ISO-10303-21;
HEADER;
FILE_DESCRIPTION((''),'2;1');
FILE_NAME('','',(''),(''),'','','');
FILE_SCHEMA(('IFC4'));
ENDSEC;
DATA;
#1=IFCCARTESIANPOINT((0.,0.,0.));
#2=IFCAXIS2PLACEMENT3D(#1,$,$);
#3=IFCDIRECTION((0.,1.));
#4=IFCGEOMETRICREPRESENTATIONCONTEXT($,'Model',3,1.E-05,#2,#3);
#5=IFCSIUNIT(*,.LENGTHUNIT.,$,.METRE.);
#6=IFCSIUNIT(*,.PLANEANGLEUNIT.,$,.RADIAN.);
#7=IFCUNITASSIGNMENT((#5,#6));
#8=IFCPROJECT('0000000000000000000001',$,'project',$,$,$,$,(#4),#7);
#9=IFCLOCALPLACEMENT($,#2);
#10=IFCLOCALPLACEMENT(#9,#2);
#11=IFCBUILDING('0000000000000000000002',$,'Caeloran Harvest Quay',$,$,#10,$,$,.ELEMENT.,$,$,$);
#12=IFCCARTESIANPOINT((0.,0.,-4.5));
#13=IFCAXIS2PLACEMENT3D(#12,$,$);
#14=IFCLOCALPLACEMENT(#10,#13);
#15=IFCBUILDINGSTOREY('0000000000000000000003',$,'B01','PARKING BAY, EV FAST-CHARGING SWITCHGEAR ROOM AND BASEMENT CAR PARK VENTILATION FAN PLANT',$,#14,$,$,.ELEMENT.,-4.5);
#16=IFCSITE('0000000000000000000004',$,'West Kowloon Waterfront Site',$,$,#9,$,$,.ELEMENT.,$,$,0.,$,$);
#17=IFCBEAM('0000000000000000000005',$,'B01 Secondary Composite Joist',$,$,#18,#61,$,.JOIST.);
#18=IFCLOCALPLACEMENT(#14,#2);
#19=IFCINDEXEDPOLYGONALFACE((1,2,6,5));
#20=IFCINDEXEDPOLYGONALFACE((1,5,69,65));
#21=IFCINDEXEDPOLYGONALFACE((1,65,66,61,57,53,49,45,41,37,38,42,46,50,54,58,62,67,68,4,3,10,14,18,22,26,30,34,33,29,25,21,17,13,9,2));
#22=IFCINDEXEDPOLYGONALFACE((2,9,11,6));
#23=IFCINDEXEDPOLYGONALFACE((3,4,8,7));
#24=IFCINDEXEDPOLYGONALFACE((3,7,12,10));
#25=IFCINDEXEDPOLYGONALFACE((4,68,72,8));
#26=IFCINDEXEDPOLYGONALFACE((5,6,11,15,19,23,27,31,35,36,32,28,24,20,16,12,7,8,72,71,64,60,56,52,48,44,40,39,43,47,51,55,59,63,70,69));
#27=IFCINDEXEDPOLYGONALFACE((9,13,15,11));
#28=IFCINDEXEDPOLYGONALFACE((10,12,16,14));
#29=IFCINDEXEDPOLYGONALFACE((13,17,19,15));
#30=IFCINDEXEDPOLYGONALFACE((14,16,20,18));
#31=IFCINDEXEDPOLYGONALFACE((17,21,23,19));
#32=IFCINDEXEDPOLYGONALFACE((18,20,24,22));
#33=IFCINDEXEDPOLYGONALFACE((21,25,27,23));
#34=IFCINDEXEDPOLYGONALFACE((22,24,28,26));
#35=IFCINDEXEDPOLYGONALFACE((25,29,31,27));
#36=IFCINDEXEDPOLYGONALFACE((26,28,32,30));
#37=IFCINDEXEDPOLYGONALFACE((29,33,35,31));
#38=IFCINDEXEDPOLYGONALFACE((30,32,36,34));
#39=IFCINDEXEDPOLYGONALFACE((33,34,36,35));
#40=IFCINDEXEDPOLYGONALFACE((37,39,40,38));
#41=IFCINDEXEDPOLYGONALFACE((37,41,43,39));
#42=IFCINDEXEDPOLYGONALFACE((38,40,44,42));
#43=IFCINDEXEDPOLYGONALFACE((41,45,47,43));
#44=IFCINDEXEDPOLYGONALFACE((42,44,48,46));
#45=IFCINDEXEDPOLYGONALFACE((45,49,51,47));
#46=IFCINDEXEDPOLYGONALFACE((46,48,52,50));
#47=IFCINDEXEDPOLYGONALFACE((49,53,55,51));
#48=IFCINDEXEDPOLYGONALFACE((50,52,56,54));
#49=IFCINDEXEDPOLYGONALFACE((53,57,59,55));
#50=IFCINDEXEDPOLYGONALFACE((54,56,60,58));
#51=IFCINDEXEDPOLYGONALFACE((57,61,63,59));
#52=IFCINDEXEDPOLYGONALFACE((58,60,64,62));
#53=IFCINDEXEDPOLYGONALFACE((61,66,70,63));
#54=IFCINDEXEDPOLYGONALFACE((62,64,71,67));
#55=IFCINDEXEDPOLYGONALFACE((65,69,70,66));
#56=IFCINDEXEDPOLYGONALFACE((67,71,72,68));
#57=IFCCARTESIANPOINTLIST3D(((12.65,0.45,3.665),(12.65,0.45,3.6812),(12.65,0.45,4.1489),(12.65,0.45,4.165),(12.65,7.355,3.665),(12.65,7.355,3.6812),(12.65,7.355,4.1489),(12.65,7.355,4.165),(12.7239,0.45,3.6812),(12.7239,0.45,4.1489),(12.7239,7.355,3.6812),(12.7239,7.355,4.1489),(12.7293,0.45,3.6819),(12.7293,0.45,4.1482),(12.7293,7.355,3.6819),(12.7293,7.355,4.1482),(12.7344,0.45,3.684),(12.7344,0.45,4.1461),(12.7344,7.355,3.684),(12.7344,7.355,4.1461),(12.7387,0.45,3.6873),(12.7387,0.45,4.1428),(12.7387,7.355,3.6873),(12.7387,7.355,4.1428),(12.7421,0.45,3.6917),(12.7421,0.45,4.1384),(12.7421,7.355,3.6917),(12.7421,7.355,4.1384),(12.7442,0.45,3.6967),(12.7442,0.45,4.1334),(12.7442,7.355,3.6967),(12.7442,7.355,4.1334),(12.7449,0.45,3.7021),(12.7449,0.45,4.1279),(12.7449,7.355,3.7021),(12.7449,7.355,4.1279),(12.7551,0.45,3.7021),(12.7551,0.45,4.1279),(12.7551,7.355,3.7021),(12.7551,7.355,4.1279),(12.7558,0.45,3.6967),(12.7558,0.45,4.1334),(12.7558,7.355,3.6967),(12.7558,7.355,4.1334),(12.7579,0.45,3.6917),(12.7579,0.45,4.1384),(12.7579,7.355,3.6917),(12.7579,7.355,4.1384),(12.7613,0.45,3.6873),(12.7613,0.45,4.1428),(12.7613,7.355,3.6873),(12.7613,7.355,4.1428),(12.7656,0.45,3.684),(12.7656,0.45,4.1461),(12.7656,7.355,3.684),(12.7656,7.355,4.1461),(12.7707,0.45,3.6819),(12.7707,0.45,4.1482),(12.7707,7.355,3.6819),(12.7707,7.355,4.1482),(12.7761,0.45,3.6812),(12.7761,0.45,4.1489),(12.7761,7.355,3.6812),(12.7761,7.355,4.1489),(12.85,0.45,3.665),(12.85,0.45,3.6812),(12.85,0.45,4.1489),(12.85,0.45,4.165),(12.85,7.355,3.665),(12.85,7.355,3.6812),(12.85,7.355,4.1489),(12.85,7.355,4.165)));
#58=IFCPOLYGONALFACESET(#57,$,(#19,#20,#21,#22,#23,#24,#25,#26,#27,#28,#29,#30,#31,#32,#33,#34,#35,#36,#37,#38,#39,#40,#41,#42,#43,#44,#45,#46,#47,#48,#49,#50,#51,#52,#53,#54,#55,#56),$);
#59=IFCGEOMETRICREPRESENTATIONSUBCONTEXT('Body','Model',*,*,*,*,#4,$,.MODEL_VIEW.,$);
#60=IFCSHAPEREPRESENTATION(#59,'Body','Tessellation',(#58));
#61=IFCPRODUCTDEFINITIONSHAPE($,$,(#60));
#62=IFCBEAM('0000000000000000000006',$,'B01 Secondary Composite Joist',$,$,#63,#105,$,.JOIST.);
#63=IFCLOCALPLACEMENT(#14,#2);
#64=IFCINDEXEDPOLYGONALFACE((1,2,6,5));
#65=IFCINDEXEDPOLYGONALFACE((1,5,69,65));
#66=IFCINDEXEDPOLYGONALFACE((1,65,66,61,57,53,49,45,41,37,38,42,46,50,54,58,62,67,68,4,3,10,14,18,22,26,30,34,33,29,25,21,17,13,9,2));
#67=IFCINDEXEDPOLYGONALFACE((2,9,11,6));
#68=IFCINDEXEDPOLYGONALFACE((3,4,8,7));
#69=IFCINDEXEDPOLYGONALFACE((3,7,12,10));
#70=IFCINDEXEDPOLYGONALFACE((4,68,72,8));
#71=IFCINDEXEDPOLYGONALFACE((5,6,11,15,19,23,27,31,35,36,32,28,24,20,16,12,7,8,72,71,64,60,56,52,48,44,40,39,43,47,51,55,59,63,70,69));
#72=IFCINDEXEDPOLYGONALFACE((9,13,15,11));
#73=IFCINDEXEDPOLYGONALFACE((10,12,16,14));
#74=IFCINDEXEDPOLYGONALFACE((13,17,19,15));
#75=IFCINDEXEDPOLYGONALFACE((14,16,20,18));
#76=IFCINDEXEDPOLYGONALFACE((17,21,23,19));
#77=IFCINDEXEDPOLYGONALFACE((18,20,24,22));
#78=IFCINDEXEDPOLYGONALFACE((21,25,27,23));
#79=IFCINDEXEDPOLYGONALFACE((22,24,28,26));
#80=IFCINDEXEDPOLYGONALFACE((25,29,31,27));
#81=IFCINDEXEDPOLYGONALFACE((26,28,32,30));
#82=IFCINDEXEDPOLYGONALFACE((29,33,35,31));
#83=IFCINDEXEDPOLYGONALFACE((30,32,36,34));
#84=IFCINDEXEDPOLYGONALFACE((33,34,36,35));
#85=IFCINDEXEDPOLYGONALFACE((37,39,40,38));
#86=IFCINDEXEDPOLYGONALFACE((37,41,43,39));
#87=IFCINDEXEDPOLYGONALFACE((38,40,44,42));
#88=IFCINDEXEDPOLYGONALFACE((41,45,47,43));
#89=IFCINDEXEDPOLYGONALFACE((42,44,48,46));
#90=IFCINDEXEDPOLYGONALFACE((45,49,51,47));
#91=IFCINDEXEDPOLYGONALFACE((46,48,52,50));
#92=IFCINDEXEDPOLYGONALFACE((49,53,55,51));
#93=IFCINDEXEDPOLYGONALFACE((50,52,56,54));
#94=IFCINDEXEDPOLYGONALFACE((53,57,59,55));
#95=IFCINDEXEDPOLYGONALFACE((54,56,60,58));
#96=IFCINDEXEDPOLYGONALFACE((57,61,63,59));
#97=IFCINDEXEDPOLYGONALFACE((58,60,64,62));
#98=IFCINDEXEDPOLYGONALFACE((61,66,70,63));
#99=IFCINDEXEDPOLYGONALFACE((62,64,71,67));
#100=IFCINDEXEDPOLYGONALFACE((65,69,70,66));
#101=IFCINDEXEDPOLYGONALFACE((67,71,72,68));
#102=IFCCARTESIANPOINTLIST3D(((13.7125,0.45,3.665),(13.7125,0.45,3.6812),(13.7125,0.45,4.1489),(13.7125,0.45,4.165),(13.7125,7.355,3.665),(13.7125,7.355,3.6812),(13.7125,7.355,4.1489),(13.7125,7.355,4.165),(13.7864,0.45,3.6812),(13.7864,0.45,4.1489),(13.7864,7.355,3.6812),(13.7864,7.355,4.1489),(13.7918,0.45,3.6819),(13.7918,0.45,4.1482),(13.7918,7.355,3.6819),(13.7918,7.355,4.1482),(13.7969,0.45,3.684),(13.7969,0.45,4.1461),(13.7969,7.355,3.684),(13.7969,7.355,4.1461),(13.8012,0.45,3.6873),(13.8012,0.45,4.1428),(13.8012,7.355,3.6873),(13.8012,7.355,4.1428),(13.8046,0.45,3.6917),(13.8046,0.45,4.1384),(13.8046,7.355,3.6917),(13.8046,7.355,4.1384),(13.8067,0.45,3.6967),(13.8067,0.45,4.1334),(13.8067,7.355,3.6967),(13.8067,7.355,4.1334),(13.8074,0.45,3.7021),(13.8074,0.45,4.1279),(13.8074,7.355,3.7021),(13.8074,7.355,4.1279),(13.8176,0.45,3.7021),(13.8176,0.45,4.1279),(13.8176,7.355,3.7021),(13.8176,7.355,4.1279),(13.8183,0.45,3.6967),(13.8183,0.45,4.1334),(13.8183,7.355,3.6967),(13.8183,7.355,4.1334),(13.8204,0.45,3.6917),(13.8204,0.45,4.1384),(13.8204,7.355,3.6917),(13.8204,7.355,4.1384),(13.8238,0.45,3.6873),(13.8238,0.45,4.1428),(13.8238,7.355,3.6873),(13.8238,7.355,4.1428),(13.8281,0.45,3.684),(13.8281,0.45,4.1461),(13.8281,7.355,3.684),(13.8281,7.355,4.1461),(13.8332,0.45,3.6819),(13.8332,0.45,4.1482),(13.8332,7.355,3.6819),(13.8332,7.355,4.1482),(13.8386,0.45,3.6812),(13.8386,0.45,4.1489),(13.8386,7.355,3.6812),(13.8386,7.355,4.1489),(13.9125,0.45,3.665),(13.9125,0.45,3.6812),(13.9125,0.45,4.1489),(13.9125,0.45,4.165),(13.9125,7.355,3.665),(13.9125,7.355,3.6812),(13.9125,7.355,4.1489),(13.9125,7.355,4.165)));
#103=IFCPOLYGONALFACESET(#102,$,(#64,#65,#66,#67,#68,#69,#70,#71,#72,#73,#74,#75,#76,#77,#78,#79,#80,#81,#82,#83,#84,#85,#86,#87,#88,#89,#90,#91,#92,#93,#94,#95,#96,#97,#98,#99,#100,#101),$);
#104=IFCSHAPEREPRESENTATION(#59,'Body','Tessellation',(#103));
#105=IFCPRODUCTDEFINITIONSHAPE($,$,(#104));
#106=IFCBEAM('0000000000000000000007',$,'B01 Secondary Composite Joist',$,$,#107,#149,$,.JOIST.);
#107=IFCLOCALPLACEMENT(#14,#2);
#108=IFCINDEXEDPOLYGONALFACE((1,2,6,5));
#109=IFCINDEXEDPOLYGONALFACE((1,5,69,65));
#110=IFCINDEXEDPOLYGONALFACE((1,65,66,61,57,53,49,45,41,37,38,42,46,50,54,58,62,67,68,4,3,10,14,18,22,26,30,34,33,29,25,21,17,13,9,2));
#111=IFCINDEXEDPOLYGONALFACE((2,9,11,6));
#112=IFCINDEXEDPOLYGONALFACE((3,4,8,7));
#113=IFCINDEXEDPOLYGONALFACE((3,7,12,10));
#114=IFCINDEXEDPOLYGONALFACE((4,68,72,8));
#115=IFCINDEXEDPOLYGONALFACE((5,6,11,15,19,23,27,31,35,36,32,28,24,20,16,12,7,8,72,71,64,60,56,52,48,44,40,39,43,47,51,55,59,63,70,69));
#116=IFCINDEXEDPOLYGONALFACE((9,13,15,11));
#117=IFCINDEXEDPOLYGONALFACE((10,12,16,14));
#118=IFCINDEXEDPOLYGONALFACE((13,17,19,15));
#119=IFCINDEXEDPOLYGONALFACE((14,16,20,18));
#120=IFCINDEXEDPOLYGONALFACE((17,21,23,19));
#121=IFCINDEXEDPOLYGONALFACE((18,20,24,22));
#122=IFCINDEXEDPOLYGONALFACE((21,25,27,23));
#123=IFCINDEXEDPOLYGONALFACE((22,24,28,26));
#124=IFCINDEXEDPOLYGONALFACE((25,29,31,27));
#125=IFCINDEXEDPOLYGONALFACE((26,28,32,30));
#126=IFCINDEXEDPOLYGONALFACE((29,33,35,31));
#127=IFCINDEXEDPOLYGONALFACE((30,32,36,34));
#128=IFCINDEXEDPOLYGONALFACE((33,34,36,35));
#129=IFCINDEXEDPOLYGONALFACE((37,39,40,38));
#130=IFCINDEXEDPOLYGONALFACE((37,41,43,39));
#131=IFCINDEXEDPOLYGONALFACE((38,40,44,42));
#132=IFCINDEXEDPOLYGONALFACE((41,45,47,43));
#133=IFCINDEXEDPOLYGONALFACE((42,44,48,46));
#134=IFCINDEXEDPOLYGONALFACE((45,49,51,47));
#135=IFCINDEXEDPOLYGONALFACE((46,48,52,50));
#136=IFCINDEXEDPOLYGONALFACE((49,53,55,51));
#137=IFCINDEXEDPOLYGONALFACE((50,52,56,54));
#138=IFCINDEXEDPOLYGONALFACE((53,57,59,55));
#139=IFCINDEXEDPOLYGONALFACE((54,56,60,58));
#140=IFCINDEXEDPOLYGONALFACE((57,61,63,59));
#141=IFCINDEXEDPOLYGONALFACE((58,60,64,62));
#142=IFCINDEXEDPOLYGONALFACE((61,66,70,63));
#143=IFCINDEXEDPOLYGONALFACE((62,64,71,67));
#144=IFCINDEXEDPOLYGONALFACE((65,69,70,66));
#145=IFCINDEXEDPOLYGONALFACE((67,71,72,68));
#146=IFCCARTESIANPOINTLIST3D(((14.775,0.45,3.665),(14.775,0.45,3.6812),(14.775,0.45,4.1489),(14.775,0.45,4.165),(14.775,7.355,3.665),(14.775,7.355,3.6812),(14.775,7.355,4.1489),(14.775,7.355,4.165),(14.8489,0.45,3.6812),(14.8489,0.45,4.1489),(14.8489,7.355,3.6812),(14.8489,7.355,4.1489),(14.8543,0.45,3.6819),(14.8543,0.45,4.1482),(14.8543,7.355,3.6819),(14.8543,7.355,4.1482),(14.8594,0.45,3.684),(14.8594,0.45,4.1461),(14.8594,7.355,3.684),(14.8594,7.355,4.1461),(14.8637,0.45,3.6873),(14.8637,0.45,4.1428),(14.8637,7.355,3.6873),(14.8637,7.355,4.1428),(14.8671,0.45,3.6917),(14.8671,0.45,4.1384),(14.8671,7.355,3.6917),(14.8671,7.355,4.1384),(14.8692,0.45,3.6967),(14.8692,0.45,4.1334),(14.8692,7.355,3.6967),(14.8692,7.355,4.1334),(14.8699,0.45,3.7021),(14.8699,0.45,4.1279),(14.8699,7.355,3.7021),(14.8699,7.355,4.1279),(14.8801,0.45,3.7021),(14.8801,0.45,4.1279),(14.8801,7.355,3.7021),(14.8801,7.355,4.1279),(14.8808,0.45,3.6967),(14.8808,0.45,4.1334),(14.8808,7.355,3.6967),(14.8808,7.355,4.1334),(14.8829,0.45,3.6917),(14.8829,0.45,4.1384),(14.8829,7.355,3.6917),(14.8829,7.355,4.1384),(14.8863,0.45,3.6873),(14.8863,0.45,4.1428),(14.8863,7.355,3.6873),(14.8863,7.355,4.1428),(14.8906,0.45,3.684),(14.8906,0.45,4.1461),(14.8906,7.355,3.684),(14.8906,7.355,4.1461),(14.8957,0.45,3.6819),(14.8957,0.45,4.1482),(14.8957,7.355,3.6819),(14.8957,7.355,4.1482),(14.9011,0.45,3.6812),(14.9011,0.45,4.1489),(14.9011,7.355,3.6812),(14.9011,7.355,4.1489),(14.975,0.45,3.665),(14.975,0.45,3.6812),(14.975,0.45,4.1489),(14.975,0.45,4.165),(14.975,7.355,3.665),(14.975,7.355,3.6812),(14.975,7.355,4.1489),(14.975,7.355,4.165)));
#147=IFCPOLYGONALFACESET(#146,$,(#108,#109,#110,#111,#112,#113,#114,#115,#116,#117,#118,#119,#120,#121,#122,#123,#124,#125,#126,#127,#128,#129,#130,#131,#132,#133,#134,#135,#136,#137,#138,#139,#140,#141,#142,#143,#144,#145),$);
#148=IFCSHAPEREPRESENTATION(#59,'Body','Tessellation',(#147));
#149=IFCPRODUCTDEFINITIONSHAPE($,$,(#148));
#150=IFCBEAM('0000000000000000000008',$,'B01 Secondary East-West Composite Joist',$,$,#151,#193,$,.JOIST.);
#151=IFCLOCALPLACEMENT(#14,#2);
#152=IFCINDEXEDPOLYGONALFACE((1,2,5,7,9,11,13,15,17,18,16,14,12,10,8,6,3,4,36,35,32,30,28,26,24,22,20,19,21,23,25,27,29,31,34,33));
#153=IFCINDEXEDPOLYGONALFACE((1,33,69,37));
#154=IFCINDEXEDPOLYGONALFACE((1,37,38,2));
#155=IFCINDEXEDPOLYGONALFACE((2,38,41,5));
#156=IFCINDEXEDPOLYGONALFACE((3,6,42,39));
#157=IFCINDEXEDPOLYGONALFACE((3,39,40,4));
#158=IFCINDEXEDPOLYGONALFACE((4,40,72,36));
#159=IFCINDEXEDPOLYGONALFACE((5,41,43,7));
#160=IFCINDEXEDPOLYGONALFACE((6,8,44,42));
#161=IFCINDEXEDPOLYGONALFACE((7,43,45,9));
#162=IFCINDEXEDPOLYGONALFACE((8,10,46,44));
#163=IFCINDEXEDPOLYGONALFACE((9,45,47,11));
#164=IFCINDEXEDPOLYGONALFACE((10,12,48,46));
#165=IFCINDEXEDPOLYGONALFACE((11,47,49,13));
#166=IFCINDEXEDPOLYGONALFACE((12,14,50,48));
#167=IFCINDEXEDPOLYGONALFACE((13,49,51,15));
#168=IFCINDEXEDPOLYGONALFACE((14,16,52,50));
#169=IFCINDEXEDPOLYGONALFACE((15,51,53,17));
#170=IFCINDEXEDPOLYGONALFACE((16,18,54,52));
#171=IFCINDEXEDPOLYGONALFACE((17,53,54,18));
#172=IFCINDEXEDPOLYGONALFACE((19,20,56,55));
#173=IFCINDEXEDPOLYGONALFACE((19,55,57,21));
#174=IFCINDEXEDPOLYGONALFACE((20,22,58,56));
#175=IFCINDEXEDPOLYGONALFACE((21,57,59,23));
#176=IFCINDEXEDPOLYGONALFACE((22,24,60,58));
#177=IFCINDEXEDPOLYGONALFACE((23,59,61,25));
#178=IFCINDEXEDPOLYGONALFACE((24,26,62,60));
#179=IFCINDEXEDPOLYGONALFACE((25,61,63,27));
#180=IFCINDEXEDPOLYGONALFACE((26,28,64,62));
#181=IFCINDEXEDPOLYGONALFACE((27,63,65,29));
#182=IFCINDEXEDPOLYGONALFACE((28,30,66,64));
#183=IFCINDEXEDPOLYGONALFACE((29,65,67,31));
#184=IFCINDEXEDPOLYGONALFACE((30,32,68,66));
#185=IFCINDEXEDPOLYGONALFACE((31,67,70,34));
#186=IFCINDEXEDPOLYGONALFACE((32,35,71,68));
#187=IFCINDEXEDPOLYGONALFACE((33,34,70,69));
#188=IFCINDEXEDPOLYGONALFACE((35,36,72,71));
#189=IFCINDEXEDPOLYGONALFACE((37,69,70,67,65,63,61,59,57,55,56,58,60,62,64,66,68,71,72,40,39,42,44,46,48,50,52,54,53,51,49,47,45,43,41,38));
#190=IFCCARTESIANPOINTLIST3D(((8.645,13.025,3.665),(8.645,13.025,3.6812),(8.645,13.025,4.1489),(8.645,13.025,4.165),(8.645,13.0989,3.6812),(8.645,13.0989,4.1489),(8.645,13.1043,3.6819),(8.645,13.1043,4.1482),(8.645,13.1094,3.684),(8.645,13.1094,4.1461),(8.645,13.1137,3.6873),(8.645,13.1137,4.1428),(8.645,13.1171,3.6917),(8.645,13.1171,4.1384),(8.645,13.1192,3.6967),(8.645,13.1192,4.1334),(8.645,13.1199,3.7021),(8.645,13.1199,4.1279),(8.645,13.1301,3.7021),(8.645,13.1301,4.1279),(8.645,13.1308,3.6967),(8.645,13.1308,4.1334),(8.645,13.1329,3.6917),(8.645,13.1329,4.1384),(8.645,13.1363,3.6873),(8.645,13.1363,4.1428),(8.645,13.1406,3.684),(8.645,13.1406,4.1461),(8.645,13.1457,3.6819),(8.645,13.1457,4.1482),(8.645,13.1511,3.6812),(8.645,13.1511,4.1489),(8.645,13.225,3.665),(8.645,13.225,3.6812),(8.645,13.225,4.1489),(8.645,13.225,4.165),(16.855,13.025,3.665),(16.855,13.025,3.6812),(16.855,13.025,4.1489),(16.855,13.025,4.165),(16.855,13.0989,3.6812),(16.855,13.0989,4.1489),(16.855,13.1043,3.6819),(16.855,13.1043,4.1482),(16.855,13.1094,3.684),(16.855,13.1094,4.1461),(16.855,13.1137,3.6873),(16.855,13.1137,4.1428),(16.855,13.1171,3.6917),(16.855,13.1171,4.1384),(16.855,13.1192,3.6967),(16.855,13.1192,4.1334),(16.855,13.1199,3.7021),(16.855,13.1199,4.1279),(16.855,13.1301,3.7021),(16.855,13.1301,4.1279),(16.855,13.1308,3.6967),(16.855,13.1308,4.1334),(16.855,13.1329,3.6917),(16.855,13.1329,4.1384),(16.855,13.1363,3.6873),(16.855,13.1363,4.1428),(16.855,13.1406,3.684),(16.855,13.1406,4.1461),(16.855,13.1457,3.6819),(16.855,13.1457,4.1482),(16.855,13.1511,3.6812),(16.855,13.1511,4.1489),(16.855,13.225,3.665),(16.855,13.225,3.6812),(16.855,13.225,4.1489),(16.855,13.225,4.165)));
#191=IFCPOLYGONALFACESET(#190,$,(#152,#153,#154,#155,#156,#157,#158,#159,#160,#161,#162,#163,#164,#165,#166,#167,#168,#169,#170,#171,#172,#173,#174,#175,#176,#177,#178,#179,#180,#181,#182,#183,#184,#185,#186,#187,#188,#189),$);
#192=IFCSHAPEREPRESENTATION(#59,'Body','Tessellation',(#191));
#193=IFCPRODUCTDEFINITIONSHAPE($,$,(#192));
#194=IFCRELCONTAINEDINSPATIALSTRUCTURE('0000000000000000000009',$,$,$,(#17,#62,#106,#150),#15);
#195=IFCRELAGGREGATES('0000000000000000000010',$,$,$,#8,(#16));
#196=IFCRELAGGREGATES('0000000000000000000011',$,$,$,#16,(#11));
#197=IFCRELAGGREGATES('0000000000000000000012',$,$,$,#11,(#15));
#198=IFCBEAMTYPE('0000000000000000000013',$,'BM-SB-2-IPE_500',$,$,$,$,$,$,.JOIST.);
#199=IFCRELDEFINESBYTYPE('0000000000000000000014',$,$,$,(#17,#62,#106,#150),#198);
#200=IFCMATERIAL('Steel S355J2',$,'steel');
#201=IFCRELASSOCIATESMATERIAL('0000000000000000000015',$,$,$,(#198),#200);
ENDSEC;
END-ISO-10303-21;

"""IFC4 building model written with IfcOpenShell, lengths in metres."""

from ifc_helpers import new_model, si_unit, direction, frame, origin, origin_2d, place, context, subcontext, project, spatial, i_section, extrude, material, material_profile, profile_set, type_object, element, save


model = new_model("IFC4")

# Units and contexts
model_context = context("Model", 3, precision=1e-05, world=origin(), true_north=direction((0.0, 1.0)))
body_context = subcontext(model_context, "Body", "Model", "MODEL_VIEW")
ifc_project = project(units=[si_unit("LENGTHUNIT", "METRE"), si_unit("PLANEANGLEUNIT", "RADIAN")], contexts=[model_context])

# Site, building, storey
site_placement = place(None, origin())
site = spatial("IfcSite", under=ifc_project, at=site_placement, Name="West Kowloon Waterfront Site", CompositionType="ELEMENT", RefElevation=0.0)
building_placement = place(site_placement, origin())
building = spatial("IfcBuilding", under=site, at=building_placement, Name="Caeloran Harvest Quay", CompositionType="ELEMENT")
storey_placement = place(building_placement, frame((0.0, 0.0, -4.5)))
storey = spatial("IfcBuildingStorey", under=building, at=storey_placement, Name="B01", Description="PARKING BAY, EV FAST-CHARGING SWITCHGEAR ROOM AND BASEMENT CAR PARK VENTILATION FAN PLANT", CompositionType="ELEMENT", Elevation=-4.5)

# Beams
ifc_material_1 = material(Name="Steel S355J2", Category="steel")
ifc_material_profile_1 = material_profile(ifc_material_1, i_section(OverallWidth=0.2, OverallDepth=0.5, WebThickness=0.0103, FlangeThickness=0.0161, FilletRadius=0.021, at=origin_2d()), Name="IPE 500")
ifc_profile_set_1 = profile_set([ifc_material_profile_1], Name="Steel S355J2")
beam_type_1 = type_object("IfcBeamType", Name="BM-SB-2-IPE_500", PredefinedType="JOIST", material=ifc_profile_set_1)
for number, where, z_axis, x_axis, name in (
    (1, (12.75, 0.45, 3.915), (0.0, 1.0, 0.0), (-1.0, 0.0, 0.0), "B01 Secondary Composite Joist"),
    (2, (13.8125, 0.45, 3.915), (0.0, 1.0, 0.0), (-1.0, 0.0, 0.0), "B01 Secondary Composite Joist"),
    (3, (14.875, 0.45, 3.915), (0.0, 1.0, 0.0), (-1.0, 0.0, 0.0), "B01 Secondary Composite Joist"),
):
    element("IfcBeam", number, at=place(storey_placement, frame(where, z_axis=z_axis, x_axis=x_axis)), inside=storey, type_object=beam_type_1, Name=name, PredefinedType="JOIST", context=body_context, shape_type="SweptSolid", body=[
        extrude(i_section(OverallWidth=0.2, OverallDepth=0.5, WebThickness=0.0103, FlangeThickness=0.0161, FilletRadius=0.021, at=origin_2d()), origin(), (0.0, 0.0, 1.0), 6.905),
    ])
for number, where, z_axis, x_axis, name in (
    (4, (8.645, 13.125, 3.915), (1.0, 0.0, 0.0), (0.0, 1.0, 0.0), "B01 Secondary East-West Composite Joist"),
):
    element("IfcBeam", number, at=place(storey_placement, frame(where, z_axis=z_axis, x_axis=x_axis)), inside=storey, type_object=beam_type_1, Name=name, PredefinedType="JOIST", context=body_context, shape_type="SweptSolid", body=[
        extrude(i_section(OverallWidth=0.2, OverallDepth=0.5, WebThickness=0.0103, FlangeThickness=0.0161, FilletRadius=0.021, at=origin_2d()), origin(), (0.0, 0.0, 1.0), 8.21),
    ])

save(model, "model.ifc")
